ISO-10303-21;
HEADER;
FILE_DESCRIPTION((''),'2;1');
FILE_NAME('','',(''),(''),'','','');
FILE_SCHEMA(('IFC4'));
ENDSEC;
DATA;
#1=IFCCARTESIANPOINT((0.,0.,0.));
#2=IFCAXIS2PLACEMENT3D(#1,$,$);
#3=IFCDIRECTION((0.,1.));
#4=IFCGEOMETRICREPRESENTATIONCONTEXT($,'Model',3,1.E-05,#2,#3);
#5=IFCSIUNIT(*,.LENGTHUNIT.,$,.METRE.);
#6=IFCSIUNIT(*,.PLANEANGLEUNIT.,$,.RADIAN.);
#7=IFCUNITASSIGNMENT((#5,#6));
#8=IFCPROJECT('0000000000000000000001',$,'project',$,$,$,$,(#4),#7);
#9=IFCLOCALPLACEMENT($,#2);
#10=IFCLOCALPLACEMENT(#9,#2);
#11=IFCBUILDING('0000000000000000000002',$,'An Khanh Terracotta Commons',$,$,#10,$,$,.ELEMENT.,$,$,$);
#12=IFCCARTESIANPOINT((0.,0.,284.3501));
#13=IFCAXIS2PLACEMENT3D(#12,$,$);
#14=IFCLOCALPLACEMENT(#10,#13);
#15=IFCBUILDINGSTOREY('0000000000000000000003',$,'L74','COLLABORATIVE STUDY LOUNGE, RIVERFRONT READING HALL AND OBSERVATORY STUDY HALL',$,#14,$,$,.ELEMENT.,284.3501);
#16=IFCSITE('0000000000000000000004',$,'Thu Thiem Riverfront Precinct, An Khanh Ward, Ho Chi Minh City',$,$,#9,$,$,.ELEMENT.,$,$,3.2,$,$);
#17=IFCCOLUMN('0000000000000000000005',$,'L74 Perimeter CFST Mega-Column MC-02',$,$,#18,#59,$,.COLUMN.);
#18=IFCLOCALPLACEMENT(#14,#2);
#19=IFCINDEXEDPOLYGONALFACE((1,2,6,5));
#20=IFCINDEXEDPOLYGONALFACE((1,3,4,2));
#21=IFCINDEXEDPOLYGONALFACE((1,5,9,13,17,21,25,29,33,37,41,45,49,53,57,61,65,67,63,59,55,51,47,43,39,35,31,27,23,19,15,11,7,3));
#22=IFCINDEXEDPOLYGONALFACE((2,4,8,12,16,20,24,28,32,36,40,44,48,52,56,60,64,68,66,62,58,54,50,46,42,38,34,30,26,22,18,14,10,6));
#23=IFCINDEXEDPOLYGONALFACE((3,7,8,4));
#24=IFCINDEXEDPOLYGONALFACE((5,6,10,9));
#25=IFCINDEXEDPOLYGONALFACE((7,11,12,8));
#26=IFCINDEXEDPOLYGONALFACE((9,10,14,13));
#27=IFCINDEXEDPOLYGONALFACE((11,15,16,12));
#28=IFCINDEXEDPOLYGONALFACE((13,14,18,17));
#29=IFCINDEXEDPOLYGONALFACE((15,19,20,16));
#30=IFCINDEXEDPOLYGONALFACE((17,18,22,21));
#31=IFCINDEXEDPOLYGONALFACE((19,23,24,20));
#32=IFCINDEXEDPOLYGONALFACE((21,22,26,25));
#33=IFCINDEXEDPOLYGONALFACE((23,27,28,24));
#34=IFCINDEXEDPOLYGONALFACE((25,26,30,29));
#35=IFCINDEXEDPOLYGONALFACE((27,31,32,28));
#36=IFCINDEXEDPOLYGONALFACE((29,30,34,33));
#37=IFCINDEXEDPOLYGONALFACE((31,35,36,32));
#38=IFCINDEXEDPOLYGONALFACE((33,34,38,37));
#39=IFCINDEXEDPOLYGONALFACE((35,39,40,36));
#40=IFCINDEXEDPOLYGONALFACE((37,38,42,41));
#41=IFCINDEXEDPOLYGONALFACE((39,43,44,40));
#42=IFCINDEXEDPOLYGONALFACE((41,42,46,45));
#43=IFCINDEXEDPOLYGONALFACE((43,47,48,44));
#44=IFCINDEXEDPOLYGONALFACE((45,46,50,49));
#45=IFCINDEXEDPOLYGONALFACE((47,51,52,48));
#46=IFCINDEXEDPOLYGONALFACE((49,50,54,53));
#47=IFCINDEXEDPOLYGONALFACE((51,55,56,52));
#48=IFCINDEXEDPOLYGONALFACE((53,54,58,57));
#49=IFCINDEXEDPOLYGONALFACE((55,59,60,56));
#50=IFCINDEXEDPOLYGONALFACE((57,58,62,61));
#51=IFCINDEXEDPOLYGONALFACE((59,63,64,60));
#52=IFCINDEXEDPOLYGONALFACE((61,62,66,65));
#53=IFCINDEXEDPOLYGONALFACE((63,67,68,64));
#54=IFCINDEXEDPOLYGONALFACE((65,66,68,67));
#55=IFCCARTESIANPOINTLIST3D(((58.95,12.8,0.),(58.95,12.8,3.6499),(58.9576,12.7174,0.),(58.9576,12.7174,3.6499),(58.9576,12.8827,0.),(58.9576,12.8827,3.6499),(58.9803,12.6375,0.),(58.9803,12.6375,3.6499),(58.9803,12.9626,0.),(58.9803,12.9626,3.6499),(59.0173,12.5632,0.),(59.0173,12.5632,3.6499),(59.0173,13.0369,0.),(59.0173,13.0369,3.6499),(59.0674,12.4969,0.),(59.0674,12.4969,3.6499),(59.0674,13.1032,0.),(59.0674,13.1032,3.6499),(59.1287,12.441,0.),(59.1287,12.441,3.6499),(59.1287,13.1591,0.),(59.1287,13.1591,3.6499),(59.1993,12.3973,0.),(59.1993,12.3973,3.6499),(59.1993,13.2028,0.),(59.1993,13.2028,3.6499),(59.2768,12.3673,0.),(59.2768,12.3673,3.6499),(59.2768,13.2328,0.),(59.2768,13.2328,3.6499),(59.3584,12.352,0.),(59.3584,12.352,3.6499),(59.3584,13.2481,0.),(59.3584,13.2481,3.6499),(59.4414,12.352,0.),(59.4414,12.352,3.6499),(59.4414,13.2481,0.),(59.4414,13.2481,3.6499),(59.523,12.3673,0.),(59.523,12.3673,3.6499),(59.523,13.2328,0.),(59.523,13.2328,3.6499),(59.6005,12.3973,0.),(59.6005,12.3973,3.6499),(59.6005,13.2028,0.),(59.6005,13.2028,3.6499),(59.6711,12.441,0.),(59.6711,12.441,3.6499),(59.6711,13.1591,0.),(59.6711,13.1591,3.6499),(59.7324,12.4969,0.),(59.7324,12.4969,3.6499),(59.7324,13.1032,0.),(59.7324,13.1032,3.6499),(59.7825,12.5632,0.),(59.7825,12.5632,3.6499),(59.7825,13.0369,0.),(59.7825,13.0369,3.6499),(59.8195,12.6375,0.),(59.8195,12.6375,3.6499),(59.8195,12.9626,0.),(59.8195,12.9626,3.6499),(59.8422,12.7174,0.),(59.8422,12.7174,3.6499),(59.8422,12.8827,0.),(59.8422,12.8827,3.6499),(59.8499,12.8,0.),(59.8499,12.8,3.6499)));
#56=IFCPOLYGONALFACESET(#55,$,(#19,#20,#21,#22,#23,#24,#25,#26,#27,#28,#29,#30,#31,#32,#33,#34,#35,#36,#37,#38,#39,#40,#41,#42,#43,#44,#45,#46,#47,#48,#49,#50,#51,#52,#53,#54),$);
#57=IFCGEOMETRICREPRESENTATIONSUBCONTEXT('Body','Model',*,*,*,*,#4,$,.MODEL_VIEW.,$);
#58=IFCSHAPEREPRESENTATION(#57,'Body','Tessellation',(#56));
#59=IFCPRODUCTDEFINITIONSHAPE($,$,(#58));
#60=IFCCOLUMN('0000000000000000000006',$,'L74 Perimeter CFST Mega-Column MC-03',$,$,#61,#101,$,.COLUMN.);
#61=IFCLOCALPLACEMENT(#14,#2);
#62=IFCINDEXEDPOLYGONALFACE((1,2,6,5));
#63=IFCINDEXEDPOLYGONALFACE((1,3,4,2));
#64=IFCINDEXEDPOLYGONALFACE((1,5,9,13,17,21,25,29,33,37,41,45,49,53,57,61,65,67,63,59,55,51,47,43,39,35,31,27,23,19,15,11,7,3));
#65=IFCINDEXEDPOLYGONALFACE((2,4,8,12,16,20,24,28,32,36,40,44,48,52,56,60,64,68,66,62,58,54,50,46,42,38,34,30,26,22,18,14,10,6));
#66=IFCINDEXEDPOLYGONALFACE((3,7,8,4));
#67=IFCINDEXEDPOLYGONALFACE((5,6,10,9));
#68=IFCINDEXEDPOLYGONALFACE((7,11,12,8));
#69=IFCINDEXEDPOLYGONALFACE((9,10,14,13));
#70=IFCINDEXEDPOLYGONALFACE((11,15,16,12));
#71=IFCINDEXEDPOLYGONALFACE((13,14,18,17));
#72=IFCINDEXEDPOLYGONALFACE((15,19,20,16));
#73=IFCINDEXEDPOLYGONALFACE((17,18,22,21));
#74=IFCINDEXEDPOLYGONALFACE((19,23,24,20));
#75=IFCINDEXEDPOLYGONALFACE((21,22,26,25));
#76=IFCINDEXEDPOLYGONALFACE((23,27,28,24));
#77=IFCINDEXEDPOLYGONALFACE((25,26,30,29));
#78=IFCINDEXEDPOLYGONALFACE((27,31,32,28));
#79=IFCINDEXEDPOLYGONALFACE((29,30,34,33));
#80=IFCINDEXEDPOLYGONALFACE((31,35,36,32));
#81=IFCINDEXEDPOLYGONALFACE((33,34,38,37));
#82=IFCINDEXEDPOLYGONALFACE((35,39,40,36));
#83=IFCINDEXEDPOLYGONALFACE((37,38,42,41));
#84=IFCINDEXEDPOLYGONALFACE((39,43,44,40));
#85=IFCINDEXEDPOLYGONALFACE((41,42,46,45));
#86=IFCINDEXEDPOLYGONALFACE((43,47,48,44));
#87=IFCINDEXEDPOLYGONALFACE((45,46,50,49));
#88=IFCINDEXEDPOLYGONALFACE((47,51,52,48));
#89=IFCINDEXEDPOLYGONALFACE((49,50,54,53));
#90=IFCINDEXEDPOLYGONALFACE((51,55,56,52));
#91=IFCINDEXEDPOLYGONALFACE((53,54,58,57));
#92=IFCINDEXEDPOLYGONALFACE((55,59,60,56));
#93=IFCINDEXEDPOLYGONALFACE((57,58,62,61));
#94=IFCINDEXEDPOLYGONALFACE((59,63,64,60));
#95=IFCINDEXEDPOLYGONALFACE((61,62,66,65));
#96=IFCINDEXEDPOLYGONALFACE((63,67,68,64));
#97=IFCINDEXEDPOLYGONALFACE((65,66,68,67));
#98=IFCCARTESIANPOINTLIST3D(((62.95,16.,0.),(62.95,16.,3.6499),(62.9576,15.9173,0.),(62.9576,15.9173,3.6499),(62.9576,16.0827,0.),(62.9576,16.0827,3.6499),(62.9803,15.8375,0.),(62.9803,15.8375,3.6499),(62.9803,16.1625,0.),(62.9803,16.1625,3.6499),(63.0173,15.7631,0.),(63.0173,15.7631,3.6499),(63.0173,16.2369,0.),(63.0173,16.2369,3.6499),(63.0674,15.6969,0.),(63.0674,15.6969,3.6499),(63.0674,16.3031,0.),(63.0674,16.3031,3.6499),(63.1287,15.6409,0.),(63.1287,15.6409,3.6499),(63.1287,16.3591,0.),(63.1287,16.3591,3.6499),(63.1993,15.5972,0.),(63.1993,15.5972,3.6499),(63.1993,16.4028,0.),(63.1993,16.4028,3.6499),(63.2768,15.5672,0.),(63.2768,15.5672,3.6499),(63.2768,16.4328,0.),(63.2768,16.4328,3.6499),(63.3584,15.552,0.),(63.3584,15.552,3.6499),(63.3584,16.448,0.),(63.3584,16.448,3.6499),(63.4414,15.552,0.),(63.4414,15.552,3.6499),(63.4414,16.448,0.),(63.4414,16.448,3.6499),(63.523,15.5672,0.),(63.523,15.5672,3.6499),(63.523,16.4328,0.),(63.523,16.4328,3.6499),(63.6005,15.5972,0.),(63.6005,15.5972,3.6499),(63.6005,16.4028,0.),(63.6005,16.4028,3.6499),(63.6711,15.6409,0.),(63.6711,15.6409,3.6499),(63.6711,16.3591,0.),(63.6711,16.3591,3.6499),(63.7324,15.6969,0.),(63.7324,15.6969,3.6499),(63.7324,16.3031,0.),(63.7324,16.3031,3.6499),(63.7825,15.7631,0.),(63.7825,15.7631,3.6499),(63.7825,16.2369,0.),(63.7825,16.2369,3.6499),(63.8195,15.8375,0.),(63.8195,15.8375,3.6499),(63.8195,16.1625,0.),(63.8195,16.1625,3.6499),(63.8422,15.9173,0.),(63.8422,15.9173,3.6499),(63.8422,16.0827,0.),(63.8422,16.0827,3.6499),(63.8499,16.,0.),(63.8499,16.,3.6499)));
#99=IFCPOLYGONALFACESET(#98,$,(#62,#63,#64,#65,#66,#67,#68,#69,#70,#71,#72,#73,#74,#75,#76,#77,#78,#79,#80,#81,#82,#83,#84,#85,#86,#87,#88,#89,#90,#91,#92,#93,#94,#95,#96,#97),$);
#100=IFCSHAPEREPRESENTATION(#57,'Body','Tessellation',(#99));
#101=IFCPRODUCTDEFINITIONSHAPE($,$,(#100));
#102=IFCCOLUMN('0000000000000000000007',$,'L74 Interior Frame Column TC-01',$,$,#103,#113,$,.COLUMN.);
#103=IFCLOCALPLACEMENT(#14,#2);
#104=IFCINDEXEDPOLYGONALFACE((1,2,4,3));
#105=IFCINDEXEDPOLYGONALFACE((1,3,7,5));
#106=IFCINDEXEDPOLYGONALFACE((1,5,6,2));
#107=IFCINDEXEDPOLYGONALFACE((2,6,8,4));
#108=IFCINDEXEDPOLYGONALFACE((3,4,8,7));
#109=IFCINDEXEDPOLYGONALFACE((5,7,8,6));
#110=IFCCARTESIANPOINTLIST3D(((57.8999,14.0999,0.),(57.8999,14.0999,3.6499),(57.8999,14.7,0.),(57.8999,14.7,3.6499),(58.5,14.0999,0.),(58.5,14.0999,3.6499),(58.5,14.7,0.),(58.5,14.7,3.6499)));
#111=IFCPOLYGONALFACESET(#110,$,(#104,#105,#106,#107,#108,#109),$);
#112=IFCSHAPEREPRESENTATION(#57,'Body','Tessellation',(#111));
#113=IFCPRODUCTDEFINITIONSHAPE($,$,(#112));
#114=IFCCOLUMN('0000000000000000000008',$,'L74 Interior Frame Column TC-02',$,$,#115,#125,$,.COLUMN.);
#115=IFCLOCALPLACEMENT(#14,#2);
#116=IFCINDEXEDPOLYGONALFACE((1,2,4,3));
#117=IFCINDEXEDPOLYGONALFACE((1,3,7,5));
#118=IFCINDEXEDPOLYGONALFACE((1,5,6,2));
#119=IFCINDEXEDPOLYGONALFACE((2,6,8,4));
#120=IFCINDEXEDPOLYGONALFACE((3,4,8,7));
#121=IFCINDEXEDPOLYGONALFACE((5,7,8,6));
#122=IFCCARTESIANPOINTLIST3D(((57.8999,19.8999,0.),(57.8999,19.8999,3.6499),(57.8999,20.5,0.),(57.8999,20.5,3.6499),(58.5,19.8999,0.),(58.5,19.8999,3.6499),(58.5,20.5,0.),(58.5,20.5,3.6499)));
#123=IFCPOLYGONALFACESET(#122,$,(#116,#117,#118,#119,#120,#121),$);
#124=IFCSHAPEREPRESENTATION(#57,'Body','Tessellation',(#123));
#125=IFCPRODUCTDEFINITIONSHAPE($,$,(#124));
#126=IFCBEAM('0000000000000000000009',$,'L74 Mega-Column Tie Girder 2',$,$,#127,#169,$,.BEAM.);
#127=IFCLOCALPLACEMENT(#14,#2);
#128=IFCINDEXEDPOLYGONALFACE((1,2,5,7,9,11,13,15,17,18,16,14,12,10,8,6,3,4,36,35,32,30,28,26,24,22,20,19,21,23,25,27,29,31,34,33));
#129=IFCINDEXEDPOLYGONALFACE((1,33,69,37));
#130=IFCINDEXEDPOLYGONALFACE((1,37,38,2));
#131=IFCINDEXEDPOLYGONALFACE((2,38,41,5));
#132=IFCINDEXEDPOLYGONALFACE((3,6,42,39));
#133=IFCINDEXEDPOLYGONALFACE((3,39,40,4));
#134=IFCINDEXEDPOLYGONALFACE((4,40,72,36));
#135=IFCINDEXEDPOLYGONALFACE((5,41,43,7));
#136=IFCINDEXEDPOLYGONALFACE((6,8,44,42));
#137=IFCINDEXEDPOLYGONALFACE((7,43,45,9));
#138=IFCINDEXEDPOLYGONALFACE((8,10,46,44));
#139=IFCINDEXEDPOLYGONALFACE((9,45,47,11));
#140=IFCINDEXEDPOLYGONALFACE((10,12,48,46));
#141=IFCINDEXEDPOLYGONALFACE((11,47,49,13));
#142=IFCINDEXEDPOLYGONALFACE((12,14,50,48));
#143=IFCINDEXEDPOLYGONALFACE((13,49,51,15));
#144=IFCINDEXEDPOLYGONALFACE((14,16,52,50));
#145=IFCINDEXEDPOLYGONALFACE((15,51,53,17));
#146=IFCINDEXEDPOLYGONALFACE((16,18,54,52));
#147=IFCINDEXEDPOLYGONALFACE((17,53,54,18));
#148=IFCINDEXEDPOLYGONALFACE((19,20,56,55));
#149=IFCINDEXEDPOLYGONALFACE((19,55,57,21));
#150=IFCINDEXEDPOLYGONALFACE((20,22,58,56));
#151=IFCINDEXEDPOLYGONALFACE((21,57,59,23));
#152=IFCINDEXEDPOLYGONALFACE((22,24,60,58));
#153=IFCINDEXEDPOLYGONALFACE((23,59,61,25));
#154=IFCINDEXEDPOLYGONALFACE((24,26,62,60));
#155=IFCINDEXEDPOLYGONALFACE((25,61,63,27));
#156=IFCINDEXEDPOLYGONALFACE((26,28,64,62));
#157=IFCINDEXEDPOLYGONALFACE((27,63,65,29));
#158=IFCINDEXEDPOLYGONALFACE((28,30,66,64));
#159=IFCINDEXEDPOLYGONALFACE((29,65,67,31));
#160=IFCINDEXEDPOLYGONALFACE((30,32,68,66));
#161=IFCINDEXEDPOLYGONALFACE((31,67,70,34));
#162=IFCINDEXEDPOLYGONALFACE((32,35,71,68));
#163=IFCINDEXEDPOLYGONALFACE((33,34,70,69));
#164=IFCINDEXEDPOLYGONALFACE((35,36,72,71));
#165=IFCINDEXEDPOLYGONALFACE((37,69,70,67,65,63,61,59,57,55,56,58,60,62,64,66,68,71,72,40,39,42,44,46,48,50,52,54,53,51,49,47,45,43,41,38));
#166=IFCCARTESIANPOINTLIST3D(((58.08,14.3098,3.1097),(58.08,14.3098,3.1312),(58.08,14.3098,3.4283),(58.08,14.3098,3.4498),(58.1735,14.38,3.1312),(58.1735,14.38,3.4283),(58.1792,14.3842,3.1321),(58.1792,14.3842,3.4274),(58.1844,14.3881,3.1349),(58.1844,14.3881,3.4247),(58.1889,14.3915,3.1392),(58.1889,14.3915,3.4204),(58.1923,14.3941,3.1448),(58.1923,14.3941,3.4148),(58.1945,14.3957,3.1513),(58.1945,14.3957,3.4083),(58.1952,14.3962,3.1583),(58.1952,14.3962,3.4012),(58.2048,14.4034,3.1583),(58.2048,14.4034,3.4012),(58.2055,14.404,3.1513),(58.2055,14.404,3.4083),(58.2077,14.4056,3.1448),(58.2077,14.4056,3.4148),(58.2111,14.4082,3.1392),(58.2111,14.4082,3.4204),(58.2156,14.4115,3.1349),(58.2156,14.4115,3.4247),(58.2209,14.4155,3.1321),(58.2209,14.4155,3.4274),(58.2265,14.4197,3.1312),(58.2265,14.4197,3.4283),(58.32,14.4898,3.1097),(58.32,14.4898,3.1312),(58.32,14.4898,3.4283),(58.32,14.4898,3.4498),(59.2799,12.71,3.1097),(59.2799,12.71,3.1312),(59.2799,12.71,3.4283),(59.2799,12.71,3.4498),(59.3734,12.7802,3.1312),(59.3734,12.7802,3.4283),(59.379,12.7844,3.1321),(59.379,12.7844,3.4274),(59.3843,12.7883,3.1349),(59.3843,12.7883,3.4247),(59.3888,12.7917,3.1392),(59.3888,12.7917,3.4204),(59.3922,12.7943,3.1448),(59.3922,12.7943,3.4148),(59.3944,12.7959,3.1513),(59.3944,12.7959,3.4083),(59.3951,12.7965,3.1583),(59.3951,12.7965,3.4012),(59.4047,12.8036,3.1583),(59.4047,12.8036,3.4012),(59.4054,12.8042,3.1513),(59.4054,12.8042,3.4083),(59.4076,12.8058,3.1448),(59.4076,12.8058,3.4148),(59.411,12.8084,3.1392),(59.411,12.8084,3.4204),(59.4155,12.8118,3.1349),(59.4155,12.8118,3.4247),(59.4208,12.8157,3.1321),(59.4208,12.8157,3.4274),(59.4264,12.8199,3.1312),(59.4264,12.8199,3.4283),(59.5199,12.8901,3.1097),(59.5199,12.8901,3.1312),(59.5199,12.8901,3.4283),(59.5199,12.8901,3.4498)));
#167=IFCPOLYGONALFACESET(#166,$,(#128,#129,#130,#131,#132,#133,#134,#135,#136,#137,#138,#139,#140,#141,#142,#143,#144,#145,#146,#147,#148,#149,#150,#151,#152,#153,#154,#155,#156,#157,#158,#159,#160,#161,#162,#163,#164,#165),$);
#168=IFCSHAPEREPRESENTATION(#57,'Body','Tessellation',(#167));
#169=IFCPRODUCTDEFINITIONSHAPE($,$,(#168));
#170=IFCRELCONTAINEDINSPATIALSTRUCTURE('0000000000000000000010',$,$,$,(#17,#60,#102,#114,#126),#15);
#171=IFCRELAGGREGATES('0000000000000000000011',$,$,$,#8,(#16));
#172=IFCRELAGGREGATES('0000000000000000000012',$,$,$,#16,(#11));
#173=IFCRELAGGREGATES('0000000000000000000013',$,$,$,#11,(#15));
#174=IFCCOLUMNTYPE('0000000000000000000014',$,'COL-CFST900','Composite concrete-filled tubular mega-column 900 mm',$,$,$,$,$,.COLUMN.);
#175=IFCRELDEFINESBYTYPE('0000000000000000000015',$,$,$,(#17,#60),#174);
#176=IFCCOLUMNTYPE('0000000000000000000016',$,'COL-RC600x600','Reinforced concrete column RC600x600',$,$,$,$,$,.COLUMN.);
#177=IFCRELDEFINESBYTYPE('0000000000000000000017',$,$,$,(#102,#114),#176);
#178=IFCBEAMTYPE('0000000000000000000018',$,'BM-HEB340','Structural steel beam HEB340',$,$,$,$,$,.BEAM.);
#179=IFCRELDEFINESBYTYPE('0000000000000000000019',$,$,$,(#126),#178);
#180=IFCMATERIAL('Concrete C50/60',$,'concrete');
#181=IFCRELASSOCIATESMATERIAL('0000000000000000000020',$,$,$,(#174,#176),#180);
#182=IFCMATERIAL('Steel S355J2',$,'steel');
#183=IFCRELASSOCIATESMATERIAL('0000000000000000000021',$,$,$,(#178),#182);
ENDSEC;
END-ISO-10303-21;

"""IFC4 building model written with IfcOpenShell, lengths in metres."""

from ifc_helpers import new_model, si_unit, direction, frame, origin, origin_2d, place, context, subcontext, project, spatial, rectangle, circle, i_section, extrude, material, material_profile, profile_set, type_object, element, save


model = new_model("IFC4")

# Units and contexts
model_context = context("Model", 3, precision=1e-05, world=origin(), true_north=direction((0.0, 1.0)))
body_context = subcontext(model_context, "Body", "Model", "MODEL_VIEW")
ifc_project = project(units=[si_unit("LENGTHUNIT", "METRE"), si_unit("PLANEANGLEUNIT", "RADIAN")], contexts=[model_context])

# Site, building, storey
site_placement = place(None, origin())
site = spatial("IfcSite", under=ifc_project, at=site_placement, Name="Thu Thiem Riverfront Precinct, An Khanh Ward, Ho Chi Minh City", CompositionType="ELEMENT", RefElevation=3.2)
building_placement = place(site_placement, origin())
building = spatial("IfcBuilding", under=site, at=building_placement, Name="An Khanh Terracotta Commons", CompositionType="ELEMENT")
storey_placement = place(building_placement, frame((0.0, 0.0, 284.3501)))
storey = spatial("IfcBuildingStorey", under=building, at=storey_placement, Name="L74", Description="COLLABORATIVE STUDY LOUNGE, RIVERFRONT READING HALL AND OBSERVATORY STUDY HALL", CompositionType="ELEMENT", Elevation=284.3501)

# Columns
ifc_material_1 = material(Name="Concrete C50/60", Category="concrete")
ifc_material_profile_1 = material_profile(ifc_material_1, circle(Radius=0.45, at=origin_2d()), Name="CFST900")
ifc_profile_set_1 = profile_set([ifc_material_profile_1], Name="Concrete C50/60")
column_type_1 = type_object("IfcColumnType", Name="COL-CFST900", Description="Composite concrete-filled tubular mega-column 900 mm", PredefinedType="COLUMN", material=ifc_profile_set_1)
for number, where, z_axis, x_axis, name in (
    (1, (59.3999, 12.8, 0.0), (0.0, 0.0, 1.0), (1.0, 0.0, 0.0), "L74 Perimeter CFST Mega-Column MC-02"),
    (2, (63.3999, 16.0, 0.0), (0.0, 0.0, 1.0), (1.0, 0.0, 0.0), "L74 Perimeter CFST Mega-Column MC-03"),
):
    element("IfcColumn", number, at=place(storey_placement, frame(where, z_axis=z_axis, x_axis=x_axis)), inside=storey, type_object=column_type_1, Name=name, PredefinedType="COLUMN", context=body_context, shape_type="SweptSolid", body=[
        extrude(circle(Radius=0.45, at=origin_2d()), origin(), (0.0, 0.0, 1.0), 3.6499),
    ])
ifc_material_profile_2 = material_profile(ifc_material_1, rectangle(XDim=0.6001, YDim=0.6001, at=origin_2d()), Name="RC600x600")
ifc_profile_set_2 = profile_set([ifc_material_profile_2], Name="Concrete C50/60")
column_type_2 = type_object("IfcColumnType", Name="COL-RC600x600", Description="Reinforced concrete column RC600x600", PredefinedType="COLUMN", material=ifc_profile_set_2)
for number, where, z_axis, x_axis, name in (
    (3, (58.2, 14.3999, 0.0), (0.0, 0.0, 1.0), (1.0, 0.0, 0.0), "L74 Interior Frame Column TC-01"),
    (4, (58.2, 20.2, 0.0), (0.0, 0.0, 1.0), (1.0, 0.0, 0.0), "L74 Interior Frame Column TC-02"),
):
    element("IfcColumn", number, at=place(storey_placement, frame(where, z_axis=z_axis, x_axis=x_axis)), inside=storey, type_object=column_type_2, Name=name, PredefinedType="COLUMN", context=body_context, shape_type="SweptSolid", body=[
        extrude(rectangle(XDim=0.6001, YDim=0.6001, at=origin_2d()), origin(), (0.0, 0.0, 1.0), 3.6499),
    ])

# Beam
ifc_material_2 = material(Name="Steel S355J2", Category="steel")
ifc_material_profile_3 = material_profile(ifc_material_2, i_section(OverallWidth=0.3, OverallDepth=0.3401, WebThickness=0.012, FlangeThickness=0.0215, FilletRadius=0.0271, at=origin_2d()), Name="HEB340")
ifc_profile_set_3 = profile_set([ifc_material_profile_3], Name="Steel S355J2")
beam_type_1 = type_object("IfcBeamType", Name="BM-HEB340", Description="Structural steel beam HEB340", PredefinedType="BEAM", material=ifc_profile_set_3)
beam_1_placement = place(storey_placement, frame((59.3999, 12.8, 3.2798), z_axis=(-0.60002, 0.799985, 0.0), x_axis=(-0.799985, -0.60002, 0.0)))
element("IfcBeam", 5, at=beam_1_placement, inside=storey, type_object=beam_type_1, Name="L74 Mega-Column Tie Girder 2", PredefinedType="BEAM", context=body_context, shape_type="SweptSolid", body=[
    extrude(i_section(OverallWidth=0.3, OverallDepth=0.3401, WebThickness=0.012, FlangeThickness=0.0215, FilletRadius=0.0271, at=origin_2d()), origin(), (0.0, 0.0, 1.0), 1.9998),
])

save(model, "model.ifc")
